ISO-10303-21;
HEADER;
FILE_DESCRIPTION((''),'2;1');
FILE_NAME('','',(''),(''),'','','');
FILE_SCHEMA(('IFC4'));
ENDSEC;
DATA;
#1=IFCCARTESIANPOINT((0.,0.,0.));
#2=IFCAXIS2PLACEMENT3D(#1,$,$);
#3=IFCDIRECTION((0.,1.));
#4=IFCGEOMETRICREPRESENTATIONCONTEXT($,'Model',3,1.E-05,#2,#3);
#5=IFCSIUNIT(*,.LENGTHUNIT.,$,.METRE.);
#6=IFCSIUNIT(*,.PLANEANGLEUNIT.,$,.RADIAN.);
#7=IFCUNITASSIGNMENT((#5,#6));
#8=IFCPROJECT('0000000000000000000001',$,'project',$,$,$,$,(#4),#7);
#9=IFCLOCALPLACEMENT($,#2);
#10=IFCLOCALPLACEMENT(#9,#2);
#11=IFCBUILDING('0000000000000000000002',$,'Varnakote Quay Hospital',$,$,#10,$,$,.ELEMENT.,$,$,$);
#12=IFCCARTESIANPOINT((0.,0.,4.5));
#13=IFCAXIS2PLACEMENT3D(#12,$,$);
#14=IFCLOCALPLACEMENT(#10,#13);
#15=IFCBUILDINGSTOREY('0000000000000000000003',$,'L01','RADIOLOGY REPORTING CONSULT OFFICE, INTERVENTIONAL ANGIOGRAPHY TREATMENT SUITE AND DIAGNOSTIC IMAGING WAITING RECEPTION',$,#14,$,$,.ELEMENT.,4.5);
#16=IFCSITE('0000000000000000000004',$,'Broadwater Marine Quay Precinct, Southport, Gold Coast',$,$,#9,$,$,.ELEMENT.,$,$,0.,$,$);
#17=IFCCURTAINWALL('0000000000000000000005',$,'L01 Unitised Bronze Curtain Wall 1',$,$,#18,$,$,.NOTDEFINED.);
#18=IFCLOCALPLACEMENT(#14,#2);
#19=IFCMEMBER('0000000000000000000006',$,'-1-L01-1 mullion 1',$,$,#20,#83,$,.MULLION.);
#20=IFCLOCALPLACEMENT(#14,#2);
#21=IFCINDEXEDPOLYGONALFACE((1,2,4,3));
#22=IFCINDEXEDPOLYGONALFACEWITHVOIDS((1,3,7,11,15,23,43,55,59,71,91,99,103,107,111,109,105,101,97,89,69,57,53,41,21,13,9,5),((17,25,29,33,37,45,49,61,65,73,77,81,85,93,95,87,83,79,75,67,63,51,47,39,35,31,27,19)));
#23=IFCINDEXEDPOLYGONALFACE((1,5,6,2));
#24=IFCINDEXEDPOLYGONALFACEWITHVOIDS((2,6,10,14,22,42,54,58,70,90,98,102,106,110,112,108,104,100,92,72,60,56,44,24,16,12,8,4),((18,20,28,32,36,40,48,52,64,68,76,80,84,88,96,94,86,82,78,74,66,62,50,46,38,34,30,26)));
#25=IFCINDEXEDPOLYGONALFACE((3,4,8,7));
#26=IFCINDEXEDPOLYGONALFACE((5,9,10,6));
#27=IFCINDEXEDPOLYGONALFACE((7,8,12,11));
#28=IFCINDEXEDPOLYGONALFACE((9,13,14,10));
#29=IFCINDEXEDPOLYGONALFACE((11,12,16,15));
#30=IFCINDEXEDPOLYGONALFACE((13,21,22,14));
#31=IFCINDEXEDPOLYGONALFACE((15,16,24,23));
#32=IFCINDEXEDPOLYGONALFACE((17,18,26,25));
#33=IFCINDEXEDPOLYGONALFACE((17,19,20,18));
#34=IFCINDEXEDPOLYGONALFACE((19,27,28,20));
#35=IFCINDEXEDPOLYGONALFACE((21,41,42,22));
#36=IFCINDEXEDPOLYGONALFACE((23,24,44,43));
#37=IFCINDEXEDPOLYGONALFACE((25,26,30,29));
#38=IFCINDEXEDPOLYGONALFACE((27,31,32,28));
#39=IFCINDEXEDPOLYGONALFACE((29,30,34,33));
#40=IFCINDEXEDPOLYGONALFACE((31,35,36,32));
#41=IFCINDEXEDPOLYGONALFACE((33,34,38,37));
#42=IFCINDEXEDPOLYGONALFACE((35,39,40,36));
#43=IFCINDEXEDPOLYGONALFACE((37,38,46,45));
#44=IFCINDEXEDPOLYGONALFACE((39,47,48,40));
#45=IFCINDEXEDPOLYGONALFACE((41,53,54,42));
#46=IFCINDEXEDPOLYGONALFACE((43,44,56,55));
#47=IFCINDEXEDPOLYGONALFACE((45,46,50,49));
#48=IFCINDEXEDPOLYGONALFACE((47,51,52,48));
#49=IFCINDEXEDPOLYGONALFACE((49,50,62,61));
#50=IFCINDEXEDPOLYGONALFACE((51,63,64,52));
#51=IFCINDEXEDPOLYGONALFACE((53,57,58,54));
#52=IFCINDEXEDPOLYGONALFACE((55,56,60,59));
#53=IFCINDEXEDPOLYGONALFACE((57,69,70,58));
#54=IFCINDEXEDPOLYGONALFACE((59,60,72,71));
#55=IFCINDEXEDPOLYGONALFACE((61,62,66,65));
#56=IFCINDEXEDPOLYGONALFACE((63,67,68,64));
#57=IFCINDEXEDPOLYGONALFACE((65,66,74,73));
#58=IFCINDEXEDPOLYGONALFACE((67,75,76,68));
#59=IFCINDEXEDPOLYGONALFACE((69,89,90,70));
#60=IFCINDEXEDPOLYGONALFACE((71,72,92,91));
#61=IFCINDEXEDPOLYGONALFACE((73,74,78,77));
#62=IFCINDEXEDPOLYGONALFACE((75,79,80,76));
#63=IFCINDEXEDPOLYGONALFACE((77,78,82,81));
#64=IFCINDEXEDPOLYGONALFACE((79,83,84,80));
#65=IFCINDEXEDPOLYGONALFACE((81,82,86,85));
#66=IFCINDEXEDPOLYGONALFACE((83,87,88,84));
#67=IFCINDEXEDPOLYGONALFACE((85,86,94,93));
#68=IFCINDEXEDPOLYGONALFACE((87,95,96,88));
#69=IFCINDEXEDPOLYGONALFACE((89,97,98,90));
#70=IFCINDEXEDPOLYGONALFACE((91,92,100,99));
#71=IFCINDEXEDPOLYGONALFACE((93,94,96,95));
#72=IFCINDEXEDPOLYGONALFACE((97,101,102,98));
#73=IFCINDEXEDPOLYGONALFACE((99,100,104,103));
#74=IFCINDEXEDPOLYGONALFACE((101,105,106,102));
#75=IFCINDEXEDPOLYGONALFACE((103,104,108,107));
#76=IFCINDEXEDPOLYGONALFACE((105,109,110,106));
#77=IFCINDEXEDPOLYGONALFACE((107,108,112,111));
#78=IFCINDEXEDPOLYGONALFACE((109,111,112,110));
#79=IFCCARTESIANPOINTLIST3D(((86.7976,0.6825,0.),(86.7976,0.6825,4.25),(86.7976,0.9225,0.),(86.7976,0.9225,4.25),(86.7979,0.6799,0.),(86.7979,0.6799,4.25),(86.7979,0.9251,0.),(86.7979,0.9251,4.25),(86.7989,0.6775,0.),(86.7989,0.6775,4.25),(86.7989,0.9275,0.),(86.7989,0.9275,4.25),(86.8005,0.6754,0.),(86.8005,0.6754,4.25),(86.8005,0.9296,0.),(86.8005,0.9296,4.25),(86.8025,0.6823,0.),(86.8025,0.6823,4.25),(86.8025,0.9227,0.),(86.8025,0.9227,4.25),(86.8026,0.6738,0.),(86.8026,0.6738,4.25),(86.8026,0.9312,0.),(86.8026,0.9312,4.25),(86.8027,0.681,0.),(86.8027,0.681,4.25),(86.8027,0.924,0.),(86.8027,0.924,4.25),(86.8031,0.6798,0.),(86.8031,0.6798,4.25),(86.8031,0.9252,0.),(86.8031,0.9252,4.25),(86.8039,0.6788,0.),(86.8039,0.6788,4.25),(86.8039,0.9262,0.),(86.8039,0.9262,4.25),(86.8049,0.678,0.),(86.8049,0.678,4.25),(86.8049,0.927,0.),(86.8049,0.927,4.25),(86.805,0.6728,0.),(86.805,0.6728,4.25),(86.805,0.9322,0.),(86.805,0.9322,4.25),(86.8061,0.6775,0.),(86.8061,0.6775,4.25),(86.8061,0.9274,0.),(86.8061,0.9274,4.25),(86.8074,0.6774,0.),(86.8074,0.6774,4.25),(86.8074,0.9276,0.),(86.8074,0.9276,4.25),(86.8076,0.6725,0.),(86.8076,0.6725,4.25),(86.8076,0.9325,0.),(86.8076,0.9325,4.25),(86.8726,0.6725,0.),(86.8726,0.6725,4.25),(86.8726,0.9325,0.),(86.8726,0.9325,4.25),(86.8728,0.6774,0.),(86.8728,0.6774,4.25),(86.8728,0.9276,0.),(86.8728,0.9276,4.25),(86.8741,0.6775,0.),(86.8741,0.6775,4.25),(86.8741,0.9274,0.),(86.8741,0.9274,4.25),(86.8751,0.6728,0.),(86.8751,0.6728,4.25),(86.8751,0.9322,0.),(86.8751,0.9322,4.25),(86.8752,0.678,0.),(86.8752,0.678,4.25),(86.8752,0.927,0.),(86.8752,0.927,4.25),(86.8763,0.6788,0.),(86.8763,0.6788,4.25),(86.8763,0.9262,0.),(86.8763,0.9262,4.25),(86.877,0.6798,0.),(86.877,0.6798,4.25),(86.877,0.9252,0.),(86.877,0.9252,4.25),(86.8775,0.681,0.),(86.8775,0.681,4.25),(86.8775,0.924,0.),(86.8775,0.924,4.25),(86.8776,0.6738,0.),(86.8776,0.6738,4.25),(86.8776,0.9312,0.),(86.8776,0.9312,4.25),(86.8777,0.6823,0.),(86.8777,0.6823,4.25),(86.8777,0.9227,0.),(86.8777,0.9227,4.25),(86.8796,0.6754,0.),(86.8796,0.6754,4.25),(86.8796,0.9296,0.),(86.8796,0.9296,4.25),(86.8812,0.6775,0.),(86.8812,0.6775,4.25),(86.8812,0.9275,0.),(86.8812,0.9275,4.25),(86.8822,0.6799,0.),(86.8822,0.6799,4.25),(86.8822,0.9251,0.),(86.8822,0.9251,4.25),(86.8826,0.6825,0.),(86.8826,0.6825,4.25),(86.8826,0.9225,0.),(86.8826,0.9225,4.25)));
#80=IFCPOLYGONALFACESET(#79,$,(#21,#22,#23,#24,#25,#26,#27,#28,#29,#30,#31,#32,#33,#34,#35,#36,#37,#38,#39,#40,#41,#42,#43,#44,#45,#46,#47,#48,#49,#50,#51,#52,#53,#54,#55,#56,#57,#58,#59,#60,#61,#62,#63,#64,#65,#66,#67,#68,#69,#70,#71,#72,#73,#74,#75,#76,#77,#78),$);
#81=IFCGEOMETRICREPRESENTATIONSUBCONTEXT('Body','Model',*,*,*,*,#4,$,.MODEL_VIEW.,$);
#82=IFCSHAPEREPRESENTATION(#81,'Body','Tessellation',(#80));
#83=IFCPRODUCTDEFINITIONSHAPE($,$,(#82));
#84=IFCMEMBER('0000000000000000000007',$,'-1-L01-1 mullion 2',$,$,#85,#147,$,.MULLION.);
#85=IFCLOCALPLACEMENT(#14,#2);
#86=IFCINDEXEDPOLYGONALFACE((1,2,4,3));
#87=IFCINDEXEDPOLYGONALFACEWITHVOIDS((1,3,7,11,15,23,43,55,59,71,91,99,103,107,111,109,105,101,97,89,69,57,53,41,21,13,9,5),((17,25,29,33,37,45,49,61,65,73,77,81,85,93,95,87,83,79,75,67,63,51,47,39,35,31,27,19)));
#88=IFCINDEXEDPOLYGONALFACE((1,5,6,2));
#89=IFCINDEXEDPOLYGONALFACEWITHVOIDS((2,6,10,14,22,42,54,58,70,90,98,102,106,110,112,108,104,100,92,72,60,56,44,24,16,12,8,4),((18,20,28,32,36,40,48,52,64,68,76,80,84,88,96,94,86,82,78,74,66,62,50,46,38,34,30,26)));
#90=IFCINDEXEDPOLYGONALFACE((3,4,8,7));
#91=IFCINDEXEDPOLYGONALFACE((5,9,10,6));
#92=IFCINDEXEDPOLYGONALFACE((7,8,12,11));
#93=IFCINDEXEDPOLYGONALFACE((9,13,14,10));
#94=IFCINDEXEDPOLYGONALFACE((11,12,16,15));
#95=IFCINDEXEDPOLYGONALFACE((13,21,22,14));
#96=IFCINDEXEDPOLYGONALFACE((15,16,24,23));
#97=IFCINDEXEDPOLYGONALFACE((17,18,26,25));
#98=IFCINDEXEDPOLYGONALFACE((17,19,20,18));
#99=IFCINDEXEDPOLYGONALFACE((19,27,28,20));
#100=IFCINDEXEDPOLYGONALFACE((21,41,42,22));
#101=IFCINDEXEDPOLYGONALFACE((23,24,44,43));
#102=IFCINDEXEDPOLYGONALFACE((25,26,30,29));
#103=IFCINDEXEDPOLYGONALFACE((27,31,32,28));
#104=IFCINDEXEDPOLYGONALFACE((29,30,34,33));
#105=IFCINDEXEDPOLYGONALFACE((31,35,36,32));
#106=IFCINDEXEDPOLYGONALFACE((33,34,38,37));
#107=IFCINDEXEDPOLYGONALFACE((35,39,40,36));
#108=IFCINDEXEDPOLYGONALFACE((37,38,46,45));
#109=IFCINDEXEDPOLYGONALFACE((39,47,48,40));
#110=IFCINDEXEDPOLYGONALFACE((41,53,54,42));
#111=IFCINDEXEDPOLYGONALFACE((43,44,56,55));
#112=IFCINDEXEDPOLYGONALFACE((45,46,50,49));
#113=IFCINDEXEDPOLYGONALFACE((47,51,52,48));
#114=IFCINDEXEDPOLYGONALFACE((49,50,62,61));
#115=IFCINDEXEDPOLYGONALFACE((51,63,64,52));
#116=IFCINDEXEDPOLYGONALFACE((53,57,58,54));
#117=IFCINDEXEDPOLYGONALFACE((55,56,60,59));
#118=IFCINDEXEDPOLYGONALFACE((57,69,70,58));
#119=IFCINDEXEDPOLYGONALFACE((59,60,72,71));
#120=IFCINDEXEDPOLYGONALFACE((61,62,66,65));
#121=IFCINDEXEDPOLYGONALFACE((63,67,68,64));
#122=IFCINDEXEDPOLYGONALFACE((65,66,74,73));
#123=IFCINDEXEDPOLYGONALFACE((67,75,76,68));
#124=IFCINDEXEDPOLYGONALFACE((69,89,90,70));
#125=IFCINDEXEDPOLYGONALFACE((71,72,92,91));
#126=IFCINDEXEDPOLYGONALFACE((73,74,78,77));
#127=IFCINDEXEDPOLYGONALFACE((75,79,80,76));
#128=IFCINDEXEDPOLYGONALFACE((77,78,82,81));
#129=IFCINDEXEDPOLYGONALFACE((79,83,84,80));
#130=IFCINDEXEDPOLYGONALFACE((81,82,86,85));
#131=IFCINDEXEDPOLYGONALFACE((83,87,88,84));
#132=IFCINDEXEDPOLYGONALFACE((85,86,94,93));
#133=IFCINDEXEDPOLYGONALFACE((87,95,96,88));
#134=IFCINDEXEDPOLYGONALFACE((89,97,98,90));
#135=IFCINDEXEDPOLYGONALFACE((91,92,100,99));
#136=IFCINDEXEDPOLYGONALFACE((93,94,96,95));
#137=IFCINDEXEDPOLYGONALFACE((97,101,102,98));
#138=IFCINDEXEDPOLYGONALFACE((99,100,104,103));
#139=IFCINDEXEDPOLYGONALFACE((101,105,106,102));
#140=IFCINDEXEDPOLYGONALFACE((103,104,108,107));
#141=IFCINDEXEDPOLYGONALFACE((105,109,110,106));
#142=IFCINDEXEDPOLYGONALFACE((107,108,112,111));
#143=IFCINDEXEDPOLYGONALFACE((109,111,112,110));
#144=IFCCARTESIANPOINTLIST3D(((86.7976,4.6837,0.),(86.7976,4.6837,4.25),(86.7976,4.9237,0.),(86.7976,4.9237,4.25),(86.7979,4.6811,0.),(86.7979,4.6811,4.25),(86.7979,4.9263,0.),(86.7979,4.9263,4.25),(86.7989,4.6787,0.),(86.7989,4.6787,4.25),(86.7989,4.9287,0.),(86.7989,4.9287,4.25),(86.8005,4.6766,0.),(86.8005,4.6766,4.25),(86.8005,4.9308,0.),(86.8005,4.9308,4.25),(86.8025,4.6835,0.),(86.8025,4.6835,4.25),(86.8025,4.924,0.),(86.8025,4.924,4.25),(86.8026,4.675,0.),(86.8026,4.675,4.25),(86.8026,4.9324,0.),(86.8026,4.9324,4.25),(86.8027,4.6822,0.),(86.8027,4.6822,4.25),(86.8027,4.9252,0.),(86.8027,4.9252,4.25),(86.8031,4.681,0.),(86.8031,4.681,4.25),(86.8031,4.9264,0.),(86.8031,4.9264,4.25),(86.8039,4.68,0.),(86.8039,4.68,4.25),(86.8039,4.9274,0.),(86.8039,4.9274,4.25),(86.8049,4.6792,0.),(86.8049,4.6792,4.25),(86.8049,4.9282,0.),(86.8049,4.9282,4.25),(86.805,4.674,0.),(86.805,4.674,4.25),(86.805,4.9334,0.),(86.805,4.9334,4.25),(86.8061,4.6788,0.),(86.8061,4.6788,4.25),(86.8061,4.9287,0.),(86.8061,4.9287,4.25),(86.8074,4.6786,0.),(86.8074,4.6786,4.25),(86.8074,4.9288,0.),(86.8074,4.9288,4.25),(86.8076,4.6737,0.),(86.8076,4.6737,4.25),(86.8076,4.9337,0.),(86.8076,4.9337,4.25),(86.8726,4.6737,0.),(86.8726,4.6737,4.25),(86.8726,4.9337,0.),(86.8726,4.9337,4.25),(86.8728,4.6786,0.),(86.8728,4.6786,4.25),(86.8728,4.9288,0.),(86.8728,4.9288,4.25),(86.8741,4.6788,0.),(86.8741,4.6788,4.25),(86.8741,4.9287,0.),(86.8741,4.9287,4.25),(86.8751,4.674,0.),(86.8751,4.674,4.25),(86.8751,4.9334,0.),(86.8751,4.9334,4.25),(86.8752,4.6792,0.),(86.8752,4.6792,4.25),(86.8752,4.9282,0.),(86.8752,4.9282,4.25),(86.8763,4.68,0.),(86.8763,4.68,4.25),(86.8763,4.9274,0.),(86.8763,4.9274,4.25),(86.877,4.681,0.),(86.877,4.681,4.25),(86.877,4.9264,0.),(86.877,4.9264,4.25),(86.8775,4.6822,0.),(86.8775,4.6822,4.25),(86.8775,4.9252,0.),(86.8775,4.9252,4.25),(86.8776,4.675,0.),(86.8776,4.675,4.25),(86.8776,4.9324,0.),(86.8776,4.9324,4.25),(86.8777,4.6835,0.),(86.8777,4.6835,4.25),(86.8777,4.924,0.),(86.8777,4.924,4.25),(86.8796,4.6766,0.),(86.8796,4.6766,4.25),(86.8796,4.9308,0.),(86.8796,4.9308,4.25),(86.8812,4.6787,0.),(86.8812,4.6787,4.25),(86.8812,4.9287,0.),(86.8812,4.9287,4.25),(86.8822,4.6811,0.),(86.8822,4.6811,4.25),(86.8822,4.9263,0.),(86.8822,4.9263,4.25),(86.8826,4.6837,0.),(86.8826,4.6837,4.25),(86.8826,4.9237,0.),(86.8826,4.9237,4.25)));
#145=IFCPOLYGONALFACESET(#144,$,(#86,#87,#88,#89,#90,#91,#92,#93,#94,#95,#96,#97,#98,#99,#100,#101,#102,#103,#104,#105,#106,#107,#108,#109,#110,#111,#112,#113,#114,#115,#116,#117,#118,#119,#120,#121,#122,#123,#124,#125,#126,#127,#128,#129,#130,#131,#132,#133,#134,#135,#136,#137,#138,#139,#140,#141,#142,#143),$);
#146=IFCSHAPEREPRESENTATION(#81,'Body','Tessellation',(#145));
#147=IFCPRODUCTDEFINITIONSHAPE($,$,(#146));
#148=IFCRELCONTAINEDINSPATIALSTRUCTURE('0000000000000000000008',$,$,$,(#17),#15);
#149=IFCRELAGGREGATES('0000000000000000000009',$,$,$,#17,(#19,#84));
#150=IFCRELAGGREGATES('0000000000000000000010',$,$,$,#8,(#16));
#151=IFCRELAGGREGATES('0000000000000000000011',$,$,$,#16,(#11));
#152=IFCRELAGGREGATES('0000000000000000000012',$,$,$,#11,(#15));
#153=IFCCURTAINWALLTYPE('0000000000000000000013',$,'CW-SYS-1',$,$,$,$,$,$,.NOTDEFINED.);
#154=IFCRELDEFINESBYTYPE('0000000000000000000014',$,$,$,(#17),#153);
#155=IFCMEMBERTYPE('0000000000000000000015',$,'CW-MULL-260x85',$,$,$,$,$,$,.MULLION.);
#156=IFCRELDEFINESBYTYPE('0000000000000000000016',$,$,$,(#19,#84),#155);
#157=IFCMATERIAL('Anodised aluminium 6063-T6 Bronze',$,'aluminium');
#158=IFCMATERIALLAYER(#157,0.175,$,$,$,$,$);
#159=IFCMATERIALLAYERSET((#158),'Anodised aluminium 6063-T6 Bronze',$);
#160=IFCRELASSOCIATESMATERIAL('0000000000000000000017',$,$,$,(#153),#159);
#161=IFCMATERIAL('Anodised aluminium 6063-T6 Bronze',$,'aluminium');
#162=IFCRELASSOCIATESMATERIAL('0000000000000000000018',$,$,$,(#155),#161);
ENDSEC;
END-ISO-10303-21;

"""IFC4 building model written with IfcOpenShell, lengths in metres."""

from ifc_helpers import new_model, si_unit, direction, frame, origin, origin_2d, place, context, subcontext, project, spatial, hollow_rectangle, extrude, material, layer, layer_set, material_profile, profile_set, type_object, element, aggregate, save


model = new_model("IFC4")

# Units and contexts
model_context = context("Model", 3, precision=1e-05, world=origin(), true_north=direction((0.0, 1.0)))
body_context = subcontext(model_context, "Body", "Model", "MODEL_VIEW")
ifc_project = project(units=[si_unit("LENGTHUNIT", "METRE"), si_unit("PLANEANGLEUNIT", "RADIAN")], contexts=[model_context])

# Site, building, storey
site_placement = place(None, origin())
site = spatial("IfcSite", under=ifc_project, at=site_placement, Name="Broadwater Marine Quay Precinct, Southport, Gold Coast", CompositionType="ELEMENT", RefElevation=0.0)
building_placement = place(site_placement, origin())
building = spatial("IfcBuilding", under=site, at=building_placement, Name="Varnakote Quay Hospital", CompositionType="ELEMENT")
storey_placement = place(building_placement, frame((0.0, 0.0, 4.5)))
storey = spatial("IfcBuildingStorey", under=building, at=storey_placement, Name="L01", Description="RADIOLOGY REPORTING CONSULT OFFICE, INTERVENTIONAL ANGIOGRAPHY TREATMENT SUITE AND DIAGNOSTIC IMAGING WAITING RECEPTION", CompositionType="ELEMENT", Elevation=4.5)

# Curtain wall, members
ifc_material_1 = material(Name="Anodised aluminium 6063-T6 Bronze", Category="aluminium")
ifc_layer_1 = layer(ifc_material_1, 0.175)
ifc_layer_set_1 = layer_set([ifc_layer_1], Name="Anodised aluminium 6063-T6 Bronze")
curtain_wall_type = type_object("IfcCurtainWallType", Name="CW-SYS-1", PredefinedType="NOTDEFINED", material=ifc_layer_set_1)
curtain_wall_placement = place(storey_placement, origin())
curtain_wall = element("IfcCurtainWall", 1, at=curtain_wall_placement, inside=storey, type_object=curtain_wall_type, Name="L01 Unitised Bronze Curtain Wall 1", PredefinedType="NOTDEFINED")
ifc_material_2 = material(Name="Anodised aluminium 6063-T6 Bronze", Category="aluminium")
ifc_material_profile_1 = material_profile(ifc_material_2, hollow_rectangle(XDim=0.085, YDim=0.26, WallThickness=0.0049, InnerFilletRadius=0.0049, OuterFilletRadius=0.01, at=origin_2d()), Name="CW-MULL-260x85")
ifc_profile_set_1 = profile_set([ifc_material_profile_1], Name="Anodised aluminium 6063-T6 Bronze")
member_type_1 = type_object("IfcMemberType", Name="CW-MULL-260x85", PredefinedType="MULLION", material=ifc_profile_set_1)
member_1_placement = place(storey_placement, frame((86.8401, 0.8025, 0.0), z_axis=(0.0, 0.0, 1.0), x_axis=(-1.0, 0.0, 0.0)))
member_1 = element("IfcMember", 2, at=member_1_placement, type_object=member_type_1, Name="-1-L01-1 mullion 1", PredefinedType="MULLION", context=body_context, shape_type="SweptSolid", body=[
    extrude(hollow_rectangle(XDim=0.085, YDim=0.26, WallThickness=0.0049, InnerFilletRadius=0.0049, OuterFilletRadius=0.01, at=origin_2d()), origin(), (0.0, 0.0, 1.0), 4.25),
])
member_2_placement = place(storey_placement, frame((86.8401, 4.8037, 0.0), z_axis=(0.0, 0.0, 1.0), x_axis=(-1.0, 0.0, 0.0)))
member_2 = element("IfcMember", 3, at=member_2_placement, type_object=member_type_1, Name="-1-L01-1 mullion 2", PredefinedType="MULLION", context=body_context, shape_type="SweptSolid", body=[
    extrude(hollow_rectangle(XDim=0.085, YDim=0.26, WallThickness=0.0049, InnerFilletRadius=0.0049, OuterFilletRadius=0.01, at=origin_2d()), origin(), (0.0, 0.0, 1.0), 4.25),
])
aggregate(curtain_wall, [member_1, member_2])

save(model, "model.ifc")
